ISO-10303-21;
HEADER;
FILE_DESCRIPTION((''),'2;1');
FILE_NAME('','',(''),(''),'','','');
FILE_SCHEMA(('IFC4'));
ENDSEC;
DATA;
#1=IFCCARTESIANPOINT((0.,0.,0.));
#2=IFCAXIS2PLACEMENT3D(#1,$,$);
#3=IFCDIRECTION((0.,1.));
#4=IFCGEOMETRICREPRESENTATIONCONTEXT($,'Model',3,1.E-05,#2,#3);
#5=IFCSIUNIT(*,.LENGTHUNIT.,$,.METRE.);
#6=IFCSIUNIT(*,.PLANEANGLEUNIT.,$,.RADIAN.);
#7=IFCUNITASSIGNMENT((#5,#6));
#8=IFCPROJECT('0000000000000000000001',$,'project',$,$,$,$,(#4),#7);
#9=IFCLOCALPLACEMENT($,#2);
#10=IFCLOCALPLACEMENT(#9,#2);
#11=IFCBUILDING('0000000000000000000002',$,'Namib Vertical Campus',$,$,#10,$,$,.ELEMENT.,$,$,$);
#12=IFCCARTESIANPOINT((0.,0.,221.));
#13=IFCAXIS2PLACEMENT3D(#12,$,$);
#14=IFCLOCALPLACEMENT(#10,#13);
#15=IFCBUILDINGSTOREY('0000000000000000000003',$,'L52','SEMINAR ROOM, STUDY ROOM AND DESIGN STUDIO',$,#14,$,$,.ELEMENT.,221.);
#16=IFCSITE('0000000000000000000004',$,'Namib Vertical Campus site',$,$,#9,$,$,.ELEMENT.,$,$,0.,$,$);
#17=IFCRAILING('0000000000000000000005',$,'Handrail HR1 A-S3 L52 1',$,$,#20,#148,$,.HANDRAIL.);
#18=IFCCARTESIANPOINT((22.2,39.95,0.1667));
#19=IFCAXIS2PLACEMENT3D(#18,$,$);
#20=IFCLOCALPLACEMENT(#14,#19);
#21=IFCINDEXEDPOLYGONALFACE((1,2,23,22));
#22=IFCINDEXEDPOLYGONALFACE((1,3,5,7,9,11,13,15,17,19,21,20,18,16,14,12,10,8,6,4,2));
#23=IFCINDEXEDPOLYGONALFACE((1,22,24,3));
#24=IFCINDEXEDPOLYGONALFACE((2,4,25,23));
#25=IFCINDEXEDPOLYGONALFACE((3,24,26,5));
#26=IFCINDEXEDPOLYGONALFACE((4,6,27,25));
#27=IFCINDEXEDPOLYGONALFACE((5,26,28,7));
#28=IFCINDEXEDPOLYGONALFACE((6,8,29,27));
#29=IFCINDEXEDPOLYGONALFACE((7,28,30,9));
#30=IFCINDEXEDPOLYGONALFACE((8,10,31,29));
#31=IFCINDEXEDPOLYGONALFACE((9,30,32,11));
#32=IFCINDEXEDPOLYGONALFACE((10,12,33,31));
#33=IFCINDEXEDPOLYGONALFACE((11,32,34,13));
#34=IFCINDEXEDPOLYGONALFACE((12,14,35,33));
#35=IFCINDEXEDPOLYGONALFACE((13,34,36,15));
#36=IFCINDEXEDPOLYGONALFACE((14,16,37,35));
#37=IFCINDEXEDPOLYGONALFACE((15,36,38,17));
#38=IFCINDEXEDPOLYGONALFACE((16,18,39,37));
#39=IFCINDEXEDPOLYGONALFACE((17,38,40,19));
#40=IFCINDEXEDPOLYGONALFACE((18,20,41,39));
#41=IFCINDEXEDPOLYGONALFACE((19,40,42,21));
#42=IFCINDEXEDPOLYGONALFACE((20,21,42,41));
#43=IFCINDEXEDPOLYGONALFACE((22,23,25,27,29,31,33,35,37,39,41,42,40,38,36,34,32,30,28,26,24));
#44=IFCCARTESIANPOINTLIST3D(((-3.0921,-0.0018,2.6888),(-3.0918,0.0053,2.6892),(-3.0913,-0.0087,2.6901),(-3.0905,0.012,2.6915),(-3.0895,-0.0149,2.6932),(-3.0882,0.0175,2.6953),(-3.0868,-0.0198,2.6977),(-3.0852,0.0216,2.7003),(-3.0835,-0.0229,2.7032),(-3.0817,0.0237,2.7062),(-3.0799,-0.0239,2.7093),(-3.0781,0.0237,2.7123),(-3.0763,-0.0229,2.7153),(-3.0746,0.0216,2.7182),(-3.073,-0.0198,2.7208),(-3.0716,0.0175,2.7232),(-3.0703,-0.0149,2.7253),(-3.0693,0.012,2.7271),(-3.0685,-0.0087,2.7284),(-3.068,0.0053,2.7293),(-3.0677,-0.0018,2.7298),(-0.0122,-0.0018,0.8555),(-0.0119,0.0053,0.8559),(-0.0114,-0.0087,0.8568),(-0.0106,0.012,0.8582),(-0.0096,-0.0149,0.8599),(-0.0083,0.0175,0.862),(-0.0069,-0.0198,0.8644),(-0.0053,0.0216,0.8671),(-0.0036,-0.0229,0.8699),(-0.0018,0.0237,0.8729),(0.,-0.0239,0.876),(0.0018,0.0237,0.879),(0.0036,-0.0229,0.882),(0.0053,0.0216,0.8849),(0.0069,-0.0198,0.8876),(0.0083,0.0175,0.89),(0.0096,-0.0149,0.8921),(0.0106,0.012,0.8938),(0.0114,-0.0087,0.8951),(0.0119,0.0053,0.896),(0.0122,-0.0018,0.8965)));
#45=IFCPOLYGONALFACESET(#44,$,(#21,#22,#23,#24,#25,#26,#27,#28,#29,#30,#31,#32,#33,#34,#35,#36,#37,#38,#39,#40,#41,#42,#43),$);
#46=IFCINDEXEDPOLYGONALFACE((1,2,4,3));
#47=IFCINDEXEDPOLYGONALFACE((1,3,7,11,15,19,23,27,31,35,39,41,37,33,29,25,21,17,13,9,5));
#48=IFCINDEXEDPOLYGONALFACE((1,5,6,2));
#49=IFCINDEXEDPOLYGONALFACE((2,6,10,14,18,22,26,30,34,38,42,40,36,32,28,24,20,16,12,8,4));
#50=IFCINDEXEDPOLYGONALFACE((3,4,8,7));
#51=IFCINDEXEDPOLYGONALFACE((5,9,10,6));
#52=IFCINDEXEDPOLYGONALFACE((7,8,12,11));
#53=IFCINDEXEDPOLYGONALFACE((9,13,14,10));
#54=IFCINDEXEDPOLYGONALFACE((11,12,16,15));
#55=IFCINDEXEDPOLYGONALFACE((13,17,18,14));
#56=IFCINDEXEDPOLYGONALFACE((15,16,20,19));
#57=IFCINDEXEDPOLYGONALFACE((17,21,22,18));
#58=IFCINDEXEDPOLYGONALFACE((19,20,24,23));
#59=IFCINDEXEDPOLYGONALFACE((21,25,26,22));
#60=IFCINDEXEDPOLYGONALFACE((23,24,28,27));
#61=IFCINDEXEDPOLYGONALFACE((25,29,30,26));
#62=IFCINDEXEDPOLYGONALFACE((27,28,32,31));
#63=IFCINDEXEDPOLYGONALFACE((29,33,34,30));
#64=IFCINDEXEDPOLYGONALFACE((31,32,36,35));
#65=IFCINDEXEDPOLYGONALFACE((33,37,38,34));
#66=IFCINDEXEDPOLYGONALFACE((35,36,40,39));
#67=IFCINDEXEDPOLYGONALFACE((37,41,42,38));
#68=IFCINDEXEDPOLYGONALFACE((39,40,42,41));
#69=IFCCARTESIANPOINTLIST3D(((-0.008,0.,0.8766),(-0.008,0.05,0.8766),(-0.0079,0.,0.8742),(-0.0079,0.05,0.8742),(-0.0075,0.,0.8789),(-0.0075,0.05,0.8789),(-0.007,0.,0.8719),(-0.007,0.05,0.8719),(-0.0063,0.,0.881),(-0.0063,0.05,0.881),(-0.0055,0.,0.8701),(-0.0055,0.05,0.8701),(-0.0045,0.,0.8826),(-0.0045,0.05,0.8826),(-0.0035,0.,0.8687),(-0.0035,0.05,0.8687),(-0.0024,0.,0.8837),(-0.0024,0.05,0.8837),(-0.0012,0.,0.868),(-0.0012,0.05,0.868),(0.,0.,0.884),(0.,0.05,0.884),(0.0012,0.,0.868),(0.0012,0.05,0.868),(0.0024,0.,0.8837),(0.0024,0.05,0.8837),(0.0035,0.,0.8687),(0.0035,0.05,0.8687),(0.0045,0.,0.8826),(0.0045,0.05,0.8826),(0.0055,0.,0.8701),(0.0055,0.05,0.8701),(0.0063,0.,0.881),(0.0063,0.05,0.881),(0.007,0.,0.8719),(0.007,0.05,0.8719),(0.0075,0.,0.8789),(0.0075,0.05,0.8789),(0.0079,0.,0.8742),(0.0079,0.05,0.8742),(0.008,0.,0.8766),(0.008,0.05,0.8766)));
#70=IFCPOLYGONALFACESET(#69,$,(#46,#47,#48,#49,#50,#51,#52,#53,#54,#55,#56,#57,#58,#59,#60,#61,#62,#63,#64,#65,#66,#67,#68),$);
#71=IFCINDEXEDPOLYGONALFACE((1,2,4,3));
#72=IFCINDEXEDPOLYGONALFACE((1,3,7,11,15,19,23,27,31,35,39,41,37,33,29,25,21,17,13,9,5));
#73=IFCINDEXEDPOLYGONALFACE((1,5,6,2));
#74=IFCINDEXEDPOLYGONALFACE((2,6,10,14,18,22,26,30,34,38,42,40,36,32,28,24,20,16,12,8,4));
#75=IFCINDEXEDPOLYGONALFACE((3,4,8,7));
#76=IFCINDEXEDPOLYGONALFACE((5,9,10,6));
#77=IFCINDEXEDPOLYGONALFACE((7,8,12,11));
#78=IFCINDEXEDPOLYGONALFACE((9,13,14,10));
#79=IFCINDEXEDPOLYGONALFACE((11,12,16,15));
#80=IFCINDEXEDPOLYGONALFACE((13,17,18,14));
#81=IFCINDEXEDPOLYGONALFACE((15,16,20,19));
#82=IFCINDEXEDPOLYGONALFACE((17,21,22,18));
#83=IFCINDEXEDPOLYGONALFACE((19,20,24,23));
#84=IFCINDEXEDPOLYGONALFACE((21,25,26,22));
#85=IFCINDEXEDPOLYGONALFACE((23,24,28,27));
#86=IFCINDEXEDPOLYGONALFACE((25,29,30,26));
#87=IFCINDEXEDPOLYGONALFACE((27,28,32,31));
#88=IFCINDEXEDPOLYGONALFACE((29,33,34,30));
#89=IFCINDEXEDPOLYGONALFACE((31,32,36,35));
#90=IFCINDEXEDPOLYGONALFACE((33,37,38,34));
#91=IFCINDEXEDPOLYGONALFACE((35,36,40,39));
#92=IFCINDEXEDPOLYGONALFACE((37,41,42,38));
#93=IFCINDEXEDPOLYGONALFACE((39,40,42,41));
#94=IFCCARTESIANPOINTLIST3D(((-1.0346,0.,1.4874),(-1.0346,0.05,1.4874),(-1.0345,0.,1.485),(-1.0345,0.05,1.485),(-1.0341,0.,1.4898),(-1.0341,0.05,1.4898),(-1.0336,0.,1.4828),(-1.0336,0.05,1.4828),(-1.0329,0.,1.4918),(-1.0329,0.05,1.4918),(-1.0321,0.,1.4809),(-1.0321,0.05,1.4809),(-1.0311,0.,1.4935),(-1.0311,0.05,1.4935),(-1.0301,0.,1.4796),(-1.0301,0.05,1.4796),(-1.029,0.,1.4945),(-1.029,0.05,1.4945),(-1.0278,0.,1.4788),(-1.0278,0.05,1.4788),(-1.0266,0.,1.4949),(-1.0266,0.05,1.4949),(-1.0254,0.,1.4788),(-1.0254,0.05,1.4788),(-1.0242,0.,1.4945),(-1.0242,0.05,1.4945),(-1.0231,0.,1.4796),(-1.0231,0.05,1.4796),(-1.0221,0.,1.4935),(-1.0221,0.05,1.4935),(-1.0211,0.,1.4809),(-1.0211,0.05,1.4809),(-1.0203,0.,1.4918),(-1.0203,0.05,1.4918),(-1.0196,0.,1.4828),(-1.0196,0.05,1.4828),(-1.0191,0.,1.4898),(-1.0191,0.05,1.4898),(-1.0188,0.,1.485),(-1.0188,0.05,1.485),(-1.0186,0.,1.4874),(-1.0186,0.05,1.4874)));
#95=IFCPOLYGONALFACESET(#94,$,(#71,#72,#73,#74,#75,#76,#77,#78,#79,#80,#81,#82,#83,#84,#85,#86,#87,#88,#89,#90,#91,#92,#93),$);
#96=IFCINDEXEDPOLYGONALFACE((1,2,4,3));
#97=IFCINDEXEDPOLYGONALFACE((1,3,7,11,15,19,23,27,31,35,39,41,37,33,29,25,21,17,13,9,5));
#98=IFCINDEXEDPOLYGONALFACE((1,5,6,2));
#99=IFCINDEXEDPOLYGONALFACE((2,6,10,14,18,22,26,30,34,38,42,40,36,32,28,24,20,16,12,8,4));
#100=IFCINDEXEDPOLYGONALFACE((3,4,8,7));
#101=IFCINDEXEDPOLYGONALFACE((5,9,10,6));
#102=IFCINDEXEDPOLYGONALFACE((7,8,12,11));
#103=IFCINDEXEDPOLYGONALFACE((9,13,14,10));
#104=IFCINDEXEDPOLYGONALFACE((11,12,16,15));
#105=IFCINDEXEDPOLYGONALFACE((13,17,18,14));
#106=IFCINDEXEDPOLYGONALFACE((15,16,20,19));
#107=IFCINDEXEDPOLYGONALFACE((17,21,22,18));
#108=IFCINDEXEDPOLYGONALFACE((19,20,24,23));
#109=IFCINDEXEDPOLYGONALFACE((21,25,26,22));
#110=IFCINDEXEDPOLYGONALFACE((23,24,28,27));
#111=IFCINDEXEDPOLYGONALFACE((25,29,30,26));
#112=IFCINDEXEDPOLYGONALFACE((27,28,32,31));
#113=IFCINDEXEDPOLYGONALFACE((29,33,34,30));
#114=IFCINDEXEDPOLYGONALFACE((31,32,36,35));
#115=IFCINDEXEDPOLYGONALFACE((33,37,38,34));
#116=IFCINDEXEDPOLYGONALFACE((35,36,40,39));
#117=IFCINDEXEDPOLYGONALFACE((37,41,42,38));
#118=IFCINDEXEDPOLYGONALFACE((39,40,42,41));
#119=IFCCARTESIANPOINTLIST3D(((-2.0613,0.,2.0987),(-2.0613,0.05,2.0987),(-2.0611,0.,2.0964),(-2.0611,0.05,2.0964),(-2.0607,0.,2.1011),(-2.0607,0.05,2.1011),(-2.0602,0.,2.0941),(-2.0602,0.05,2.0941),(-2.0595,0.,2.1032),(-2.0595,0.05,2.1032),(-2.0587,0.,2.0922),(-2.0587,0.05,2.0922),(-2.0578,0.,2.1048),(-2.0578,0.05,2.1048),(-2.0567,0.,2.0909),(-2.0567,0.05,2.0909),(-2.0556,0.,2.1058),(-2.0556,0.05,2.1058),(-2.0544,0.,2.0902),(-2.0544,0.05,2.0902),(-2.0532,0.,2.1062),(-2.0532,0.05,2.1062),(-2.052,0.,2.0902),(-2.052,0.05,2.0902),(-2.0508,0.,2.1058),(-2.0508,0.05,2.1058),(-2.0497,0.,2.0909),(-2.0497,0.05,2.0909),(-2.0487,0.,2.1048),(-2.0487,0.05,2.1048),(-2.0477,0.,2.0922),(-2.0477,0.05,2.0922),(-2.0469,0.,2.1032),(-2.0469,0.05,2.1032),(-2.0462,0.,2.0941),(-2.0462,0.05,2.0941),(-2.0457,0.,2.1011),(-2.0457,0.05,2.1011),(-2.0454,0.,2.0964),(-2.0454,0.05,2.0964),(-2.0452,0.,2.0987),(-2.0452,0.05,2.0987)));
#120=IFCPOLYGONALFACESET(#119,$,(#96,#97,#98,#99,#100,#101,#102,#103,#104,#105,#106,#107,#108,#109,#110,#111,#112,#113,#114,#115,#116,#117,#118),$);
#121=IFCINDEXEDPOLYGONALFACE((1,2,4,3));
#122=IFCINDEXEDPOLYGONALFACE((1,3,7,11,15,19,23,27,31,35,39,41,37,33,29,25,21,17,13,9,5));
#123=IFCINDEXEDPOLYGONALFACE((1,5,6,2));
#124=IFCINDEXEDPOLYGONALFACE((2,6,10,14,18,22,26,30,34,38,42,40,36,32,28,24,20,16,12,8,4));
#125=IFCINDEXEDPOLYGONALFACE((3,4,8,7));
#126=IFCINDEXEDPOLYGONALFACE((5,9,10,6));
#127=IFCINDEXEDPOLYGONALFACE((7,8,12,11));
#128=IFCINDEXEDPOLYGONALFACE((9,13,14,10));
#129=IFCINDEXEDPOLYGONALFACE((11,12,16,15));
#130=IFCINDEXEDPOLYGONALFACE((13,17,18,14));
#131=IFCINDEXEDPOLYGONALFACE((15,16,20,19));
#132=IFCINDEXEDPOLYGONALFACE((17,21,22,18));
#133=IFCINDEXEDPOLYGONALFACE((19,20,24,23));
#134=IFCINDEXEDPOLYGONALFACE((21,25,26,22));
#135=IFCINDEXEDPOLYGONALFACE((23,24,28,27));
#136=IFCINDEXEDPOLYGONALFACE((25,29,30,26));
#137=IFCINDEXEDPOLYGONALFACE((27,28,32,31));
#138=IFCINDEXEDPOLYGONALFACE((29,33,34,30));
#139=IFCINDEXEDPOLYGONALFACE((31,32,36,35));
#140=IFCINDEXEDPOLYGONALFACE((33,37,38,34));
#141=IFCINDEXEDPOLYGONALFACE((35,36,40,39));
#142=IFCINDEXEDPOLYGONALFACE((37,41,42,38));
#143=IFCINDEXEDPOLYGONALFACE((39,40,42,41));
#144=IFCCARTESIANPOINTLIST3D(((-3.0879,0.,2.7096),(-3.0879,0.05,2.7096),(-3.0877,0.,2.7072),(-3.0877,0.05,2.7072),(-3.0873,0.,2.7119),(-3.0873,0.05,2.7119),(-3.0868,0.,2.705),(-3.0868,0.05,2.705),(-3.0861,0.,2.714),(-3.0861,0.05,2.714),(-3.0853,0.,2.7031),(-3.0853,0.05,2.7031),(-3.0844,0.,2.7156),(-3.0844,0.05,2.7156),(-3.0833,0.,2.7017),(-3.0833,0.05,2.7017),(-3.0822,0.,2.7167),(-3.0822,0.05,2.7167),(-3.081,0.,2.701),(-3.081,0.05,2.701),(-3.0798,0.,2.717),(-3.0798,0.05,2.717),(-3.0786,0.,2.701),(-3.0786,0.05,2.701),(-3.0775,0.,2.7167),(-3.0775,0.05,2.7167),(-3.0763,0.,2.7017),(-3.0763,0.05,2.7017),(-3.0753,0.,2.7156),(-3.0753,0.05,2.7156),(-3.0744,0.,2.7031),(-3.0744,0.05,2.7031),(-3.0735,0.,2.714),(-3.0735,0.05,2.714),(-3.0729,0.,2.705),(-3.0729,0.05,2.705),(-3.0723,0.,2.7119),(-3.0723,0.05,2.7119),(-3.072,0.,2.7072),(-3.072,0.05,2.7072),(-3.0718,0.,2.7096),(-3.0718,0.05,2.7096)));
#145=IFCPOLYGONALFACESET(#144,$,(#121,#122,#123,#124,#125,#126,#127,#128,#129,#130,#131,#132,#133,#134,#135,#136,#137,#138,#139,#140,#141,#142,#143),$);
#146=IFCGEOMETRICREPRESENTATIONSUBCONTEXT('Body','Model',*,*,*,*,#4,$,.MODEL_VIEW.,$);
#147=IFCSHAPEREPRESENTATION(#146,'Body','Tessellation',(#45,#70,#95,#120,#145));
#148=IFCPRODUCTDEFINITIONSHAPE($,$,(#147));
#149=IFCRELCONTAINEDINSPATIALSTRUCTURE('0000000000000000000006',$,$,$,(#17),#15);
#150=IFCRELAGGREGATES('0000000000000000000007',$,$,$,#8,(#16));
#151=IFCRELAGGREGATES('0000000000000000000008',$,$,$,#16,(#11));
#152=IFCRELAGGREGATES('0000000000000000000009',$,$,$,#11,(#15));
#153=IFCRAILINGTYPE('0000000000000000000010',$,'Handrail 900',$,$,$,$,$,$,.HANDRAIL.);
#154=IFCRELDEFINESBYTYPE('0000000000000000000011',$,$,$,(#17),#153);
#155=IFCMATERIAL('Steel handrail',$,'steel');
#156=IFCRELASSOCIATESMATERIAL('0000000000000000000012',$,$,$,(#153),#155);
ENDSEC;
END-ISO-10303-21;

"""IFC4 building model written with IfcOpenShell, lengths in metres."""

from ifc_helpers import new_model, si_unit, direction, frame, origin, origin_2d, place, context, subcontext, project, spatial, circle, extrude, material, type_object, element, save


model = new_model("IFC4")

# Units and contexts
model_context = context("Model", 3, precision=1e-05, world=origin(), true_north=direction((0.0, 1.0)))
body_context = subcontext(model_context, "Body", "Model", "MODEL_VIEW")
ifc_project = project(units=[si_unit("LENGTHUNIT", "METRE"), si_unit("PLANEANGLEUNIT", "RADIAN")], contexts=[model_context])

# Site, building, storey
site_placement = place(None, origin())
site = spatial("IfcSite", under=ifc_project, at=site_placement, Name="Namib Vertical Campus site", CompositionType="ELEMENT", RefElevation=0.0)
building_placement = place(site_placement, origin())
building = spatial("IfcBuilding", under=site, at=building_placement, Name="Namib Vertical Campus", CompositionType="ELEMENT")
storey_placement = place(building_placement, frame((0.0, 0.0, 221.0)))
storey = spatial("IfcBuildingStorey", under=building, at=storey_placement, Name="L52", Description="SEMINAR ROOM, STUDY ROOM AND DESIGN STUDIO", CompositionType="ELEMENT", Elevation=221.0)

# Railing
ifc_material_1 = material(Name="Steel handrail", Category="steel")
railing_type_1 = type_object("IfcRailingType", Name="Handrail 900", PredefinedType="HANDRAIL", material=ifc_material_1)
railing_1_placement = place(storey_placement, frame((22.2, 39.95, 0.1667)))
element("IfcRailing", 1, at=railing_1_placement, inside=storey, type_object=railing_type_1, Name="Handrail HR1 A-S3 L52 1", PredefinedType="HANDRAIL", context=body_context, shape_type="SweptSolid", body=[
    extrude(circle(Radius=0.0239, at=origin_2d()), frame((0.0, 0.0, 0.876), z_axis=(-0.859291, 0.0, 0.511487), x_axis=(0.0, -1.0, 0.0)), (0.0, 0.0, 1.0), 3.5842),
    extrude(circle(Radius=0.0081, at=origin_2d()), frame((0.0, 0.0, 0.876), z_axis=(0.0, 1.0, 0.0), x_axis=(0.0, 0.0, 1.0)), (0.0, 0.0, 1.0), 0.05),
    extrude(circle(Radius=0.0081, at=origin_2d()), frame((-1.0266, 0.0, 1.4868), z_axis=(0.0, 1.0, 0.0), x_axis=(0.0, 0.0, 1.0)), (0.0, 0.0, 1.0), 0.05),
    extrude(circle(Radius=0.0081, at=origin_2d()), frame((-2.0532, 0.0, 2.0981), z_axis=(0.0, 1.0, 0.0), x_axis=(0.0, 0.0, 1.0)), (0.0, 0.0, 1.0), 0.05),
    extrude(circle(Radius=0.0081, at=origin_2d()), frame((-3.0798, 0.0, 2.709), z_axis=(0.0, 1.0, 0.0), x_axis=(0.0, 0.0, 1.0)), (0.0, 0.0, 1.0), 0.05),
])

save(model, "model.ifc")
